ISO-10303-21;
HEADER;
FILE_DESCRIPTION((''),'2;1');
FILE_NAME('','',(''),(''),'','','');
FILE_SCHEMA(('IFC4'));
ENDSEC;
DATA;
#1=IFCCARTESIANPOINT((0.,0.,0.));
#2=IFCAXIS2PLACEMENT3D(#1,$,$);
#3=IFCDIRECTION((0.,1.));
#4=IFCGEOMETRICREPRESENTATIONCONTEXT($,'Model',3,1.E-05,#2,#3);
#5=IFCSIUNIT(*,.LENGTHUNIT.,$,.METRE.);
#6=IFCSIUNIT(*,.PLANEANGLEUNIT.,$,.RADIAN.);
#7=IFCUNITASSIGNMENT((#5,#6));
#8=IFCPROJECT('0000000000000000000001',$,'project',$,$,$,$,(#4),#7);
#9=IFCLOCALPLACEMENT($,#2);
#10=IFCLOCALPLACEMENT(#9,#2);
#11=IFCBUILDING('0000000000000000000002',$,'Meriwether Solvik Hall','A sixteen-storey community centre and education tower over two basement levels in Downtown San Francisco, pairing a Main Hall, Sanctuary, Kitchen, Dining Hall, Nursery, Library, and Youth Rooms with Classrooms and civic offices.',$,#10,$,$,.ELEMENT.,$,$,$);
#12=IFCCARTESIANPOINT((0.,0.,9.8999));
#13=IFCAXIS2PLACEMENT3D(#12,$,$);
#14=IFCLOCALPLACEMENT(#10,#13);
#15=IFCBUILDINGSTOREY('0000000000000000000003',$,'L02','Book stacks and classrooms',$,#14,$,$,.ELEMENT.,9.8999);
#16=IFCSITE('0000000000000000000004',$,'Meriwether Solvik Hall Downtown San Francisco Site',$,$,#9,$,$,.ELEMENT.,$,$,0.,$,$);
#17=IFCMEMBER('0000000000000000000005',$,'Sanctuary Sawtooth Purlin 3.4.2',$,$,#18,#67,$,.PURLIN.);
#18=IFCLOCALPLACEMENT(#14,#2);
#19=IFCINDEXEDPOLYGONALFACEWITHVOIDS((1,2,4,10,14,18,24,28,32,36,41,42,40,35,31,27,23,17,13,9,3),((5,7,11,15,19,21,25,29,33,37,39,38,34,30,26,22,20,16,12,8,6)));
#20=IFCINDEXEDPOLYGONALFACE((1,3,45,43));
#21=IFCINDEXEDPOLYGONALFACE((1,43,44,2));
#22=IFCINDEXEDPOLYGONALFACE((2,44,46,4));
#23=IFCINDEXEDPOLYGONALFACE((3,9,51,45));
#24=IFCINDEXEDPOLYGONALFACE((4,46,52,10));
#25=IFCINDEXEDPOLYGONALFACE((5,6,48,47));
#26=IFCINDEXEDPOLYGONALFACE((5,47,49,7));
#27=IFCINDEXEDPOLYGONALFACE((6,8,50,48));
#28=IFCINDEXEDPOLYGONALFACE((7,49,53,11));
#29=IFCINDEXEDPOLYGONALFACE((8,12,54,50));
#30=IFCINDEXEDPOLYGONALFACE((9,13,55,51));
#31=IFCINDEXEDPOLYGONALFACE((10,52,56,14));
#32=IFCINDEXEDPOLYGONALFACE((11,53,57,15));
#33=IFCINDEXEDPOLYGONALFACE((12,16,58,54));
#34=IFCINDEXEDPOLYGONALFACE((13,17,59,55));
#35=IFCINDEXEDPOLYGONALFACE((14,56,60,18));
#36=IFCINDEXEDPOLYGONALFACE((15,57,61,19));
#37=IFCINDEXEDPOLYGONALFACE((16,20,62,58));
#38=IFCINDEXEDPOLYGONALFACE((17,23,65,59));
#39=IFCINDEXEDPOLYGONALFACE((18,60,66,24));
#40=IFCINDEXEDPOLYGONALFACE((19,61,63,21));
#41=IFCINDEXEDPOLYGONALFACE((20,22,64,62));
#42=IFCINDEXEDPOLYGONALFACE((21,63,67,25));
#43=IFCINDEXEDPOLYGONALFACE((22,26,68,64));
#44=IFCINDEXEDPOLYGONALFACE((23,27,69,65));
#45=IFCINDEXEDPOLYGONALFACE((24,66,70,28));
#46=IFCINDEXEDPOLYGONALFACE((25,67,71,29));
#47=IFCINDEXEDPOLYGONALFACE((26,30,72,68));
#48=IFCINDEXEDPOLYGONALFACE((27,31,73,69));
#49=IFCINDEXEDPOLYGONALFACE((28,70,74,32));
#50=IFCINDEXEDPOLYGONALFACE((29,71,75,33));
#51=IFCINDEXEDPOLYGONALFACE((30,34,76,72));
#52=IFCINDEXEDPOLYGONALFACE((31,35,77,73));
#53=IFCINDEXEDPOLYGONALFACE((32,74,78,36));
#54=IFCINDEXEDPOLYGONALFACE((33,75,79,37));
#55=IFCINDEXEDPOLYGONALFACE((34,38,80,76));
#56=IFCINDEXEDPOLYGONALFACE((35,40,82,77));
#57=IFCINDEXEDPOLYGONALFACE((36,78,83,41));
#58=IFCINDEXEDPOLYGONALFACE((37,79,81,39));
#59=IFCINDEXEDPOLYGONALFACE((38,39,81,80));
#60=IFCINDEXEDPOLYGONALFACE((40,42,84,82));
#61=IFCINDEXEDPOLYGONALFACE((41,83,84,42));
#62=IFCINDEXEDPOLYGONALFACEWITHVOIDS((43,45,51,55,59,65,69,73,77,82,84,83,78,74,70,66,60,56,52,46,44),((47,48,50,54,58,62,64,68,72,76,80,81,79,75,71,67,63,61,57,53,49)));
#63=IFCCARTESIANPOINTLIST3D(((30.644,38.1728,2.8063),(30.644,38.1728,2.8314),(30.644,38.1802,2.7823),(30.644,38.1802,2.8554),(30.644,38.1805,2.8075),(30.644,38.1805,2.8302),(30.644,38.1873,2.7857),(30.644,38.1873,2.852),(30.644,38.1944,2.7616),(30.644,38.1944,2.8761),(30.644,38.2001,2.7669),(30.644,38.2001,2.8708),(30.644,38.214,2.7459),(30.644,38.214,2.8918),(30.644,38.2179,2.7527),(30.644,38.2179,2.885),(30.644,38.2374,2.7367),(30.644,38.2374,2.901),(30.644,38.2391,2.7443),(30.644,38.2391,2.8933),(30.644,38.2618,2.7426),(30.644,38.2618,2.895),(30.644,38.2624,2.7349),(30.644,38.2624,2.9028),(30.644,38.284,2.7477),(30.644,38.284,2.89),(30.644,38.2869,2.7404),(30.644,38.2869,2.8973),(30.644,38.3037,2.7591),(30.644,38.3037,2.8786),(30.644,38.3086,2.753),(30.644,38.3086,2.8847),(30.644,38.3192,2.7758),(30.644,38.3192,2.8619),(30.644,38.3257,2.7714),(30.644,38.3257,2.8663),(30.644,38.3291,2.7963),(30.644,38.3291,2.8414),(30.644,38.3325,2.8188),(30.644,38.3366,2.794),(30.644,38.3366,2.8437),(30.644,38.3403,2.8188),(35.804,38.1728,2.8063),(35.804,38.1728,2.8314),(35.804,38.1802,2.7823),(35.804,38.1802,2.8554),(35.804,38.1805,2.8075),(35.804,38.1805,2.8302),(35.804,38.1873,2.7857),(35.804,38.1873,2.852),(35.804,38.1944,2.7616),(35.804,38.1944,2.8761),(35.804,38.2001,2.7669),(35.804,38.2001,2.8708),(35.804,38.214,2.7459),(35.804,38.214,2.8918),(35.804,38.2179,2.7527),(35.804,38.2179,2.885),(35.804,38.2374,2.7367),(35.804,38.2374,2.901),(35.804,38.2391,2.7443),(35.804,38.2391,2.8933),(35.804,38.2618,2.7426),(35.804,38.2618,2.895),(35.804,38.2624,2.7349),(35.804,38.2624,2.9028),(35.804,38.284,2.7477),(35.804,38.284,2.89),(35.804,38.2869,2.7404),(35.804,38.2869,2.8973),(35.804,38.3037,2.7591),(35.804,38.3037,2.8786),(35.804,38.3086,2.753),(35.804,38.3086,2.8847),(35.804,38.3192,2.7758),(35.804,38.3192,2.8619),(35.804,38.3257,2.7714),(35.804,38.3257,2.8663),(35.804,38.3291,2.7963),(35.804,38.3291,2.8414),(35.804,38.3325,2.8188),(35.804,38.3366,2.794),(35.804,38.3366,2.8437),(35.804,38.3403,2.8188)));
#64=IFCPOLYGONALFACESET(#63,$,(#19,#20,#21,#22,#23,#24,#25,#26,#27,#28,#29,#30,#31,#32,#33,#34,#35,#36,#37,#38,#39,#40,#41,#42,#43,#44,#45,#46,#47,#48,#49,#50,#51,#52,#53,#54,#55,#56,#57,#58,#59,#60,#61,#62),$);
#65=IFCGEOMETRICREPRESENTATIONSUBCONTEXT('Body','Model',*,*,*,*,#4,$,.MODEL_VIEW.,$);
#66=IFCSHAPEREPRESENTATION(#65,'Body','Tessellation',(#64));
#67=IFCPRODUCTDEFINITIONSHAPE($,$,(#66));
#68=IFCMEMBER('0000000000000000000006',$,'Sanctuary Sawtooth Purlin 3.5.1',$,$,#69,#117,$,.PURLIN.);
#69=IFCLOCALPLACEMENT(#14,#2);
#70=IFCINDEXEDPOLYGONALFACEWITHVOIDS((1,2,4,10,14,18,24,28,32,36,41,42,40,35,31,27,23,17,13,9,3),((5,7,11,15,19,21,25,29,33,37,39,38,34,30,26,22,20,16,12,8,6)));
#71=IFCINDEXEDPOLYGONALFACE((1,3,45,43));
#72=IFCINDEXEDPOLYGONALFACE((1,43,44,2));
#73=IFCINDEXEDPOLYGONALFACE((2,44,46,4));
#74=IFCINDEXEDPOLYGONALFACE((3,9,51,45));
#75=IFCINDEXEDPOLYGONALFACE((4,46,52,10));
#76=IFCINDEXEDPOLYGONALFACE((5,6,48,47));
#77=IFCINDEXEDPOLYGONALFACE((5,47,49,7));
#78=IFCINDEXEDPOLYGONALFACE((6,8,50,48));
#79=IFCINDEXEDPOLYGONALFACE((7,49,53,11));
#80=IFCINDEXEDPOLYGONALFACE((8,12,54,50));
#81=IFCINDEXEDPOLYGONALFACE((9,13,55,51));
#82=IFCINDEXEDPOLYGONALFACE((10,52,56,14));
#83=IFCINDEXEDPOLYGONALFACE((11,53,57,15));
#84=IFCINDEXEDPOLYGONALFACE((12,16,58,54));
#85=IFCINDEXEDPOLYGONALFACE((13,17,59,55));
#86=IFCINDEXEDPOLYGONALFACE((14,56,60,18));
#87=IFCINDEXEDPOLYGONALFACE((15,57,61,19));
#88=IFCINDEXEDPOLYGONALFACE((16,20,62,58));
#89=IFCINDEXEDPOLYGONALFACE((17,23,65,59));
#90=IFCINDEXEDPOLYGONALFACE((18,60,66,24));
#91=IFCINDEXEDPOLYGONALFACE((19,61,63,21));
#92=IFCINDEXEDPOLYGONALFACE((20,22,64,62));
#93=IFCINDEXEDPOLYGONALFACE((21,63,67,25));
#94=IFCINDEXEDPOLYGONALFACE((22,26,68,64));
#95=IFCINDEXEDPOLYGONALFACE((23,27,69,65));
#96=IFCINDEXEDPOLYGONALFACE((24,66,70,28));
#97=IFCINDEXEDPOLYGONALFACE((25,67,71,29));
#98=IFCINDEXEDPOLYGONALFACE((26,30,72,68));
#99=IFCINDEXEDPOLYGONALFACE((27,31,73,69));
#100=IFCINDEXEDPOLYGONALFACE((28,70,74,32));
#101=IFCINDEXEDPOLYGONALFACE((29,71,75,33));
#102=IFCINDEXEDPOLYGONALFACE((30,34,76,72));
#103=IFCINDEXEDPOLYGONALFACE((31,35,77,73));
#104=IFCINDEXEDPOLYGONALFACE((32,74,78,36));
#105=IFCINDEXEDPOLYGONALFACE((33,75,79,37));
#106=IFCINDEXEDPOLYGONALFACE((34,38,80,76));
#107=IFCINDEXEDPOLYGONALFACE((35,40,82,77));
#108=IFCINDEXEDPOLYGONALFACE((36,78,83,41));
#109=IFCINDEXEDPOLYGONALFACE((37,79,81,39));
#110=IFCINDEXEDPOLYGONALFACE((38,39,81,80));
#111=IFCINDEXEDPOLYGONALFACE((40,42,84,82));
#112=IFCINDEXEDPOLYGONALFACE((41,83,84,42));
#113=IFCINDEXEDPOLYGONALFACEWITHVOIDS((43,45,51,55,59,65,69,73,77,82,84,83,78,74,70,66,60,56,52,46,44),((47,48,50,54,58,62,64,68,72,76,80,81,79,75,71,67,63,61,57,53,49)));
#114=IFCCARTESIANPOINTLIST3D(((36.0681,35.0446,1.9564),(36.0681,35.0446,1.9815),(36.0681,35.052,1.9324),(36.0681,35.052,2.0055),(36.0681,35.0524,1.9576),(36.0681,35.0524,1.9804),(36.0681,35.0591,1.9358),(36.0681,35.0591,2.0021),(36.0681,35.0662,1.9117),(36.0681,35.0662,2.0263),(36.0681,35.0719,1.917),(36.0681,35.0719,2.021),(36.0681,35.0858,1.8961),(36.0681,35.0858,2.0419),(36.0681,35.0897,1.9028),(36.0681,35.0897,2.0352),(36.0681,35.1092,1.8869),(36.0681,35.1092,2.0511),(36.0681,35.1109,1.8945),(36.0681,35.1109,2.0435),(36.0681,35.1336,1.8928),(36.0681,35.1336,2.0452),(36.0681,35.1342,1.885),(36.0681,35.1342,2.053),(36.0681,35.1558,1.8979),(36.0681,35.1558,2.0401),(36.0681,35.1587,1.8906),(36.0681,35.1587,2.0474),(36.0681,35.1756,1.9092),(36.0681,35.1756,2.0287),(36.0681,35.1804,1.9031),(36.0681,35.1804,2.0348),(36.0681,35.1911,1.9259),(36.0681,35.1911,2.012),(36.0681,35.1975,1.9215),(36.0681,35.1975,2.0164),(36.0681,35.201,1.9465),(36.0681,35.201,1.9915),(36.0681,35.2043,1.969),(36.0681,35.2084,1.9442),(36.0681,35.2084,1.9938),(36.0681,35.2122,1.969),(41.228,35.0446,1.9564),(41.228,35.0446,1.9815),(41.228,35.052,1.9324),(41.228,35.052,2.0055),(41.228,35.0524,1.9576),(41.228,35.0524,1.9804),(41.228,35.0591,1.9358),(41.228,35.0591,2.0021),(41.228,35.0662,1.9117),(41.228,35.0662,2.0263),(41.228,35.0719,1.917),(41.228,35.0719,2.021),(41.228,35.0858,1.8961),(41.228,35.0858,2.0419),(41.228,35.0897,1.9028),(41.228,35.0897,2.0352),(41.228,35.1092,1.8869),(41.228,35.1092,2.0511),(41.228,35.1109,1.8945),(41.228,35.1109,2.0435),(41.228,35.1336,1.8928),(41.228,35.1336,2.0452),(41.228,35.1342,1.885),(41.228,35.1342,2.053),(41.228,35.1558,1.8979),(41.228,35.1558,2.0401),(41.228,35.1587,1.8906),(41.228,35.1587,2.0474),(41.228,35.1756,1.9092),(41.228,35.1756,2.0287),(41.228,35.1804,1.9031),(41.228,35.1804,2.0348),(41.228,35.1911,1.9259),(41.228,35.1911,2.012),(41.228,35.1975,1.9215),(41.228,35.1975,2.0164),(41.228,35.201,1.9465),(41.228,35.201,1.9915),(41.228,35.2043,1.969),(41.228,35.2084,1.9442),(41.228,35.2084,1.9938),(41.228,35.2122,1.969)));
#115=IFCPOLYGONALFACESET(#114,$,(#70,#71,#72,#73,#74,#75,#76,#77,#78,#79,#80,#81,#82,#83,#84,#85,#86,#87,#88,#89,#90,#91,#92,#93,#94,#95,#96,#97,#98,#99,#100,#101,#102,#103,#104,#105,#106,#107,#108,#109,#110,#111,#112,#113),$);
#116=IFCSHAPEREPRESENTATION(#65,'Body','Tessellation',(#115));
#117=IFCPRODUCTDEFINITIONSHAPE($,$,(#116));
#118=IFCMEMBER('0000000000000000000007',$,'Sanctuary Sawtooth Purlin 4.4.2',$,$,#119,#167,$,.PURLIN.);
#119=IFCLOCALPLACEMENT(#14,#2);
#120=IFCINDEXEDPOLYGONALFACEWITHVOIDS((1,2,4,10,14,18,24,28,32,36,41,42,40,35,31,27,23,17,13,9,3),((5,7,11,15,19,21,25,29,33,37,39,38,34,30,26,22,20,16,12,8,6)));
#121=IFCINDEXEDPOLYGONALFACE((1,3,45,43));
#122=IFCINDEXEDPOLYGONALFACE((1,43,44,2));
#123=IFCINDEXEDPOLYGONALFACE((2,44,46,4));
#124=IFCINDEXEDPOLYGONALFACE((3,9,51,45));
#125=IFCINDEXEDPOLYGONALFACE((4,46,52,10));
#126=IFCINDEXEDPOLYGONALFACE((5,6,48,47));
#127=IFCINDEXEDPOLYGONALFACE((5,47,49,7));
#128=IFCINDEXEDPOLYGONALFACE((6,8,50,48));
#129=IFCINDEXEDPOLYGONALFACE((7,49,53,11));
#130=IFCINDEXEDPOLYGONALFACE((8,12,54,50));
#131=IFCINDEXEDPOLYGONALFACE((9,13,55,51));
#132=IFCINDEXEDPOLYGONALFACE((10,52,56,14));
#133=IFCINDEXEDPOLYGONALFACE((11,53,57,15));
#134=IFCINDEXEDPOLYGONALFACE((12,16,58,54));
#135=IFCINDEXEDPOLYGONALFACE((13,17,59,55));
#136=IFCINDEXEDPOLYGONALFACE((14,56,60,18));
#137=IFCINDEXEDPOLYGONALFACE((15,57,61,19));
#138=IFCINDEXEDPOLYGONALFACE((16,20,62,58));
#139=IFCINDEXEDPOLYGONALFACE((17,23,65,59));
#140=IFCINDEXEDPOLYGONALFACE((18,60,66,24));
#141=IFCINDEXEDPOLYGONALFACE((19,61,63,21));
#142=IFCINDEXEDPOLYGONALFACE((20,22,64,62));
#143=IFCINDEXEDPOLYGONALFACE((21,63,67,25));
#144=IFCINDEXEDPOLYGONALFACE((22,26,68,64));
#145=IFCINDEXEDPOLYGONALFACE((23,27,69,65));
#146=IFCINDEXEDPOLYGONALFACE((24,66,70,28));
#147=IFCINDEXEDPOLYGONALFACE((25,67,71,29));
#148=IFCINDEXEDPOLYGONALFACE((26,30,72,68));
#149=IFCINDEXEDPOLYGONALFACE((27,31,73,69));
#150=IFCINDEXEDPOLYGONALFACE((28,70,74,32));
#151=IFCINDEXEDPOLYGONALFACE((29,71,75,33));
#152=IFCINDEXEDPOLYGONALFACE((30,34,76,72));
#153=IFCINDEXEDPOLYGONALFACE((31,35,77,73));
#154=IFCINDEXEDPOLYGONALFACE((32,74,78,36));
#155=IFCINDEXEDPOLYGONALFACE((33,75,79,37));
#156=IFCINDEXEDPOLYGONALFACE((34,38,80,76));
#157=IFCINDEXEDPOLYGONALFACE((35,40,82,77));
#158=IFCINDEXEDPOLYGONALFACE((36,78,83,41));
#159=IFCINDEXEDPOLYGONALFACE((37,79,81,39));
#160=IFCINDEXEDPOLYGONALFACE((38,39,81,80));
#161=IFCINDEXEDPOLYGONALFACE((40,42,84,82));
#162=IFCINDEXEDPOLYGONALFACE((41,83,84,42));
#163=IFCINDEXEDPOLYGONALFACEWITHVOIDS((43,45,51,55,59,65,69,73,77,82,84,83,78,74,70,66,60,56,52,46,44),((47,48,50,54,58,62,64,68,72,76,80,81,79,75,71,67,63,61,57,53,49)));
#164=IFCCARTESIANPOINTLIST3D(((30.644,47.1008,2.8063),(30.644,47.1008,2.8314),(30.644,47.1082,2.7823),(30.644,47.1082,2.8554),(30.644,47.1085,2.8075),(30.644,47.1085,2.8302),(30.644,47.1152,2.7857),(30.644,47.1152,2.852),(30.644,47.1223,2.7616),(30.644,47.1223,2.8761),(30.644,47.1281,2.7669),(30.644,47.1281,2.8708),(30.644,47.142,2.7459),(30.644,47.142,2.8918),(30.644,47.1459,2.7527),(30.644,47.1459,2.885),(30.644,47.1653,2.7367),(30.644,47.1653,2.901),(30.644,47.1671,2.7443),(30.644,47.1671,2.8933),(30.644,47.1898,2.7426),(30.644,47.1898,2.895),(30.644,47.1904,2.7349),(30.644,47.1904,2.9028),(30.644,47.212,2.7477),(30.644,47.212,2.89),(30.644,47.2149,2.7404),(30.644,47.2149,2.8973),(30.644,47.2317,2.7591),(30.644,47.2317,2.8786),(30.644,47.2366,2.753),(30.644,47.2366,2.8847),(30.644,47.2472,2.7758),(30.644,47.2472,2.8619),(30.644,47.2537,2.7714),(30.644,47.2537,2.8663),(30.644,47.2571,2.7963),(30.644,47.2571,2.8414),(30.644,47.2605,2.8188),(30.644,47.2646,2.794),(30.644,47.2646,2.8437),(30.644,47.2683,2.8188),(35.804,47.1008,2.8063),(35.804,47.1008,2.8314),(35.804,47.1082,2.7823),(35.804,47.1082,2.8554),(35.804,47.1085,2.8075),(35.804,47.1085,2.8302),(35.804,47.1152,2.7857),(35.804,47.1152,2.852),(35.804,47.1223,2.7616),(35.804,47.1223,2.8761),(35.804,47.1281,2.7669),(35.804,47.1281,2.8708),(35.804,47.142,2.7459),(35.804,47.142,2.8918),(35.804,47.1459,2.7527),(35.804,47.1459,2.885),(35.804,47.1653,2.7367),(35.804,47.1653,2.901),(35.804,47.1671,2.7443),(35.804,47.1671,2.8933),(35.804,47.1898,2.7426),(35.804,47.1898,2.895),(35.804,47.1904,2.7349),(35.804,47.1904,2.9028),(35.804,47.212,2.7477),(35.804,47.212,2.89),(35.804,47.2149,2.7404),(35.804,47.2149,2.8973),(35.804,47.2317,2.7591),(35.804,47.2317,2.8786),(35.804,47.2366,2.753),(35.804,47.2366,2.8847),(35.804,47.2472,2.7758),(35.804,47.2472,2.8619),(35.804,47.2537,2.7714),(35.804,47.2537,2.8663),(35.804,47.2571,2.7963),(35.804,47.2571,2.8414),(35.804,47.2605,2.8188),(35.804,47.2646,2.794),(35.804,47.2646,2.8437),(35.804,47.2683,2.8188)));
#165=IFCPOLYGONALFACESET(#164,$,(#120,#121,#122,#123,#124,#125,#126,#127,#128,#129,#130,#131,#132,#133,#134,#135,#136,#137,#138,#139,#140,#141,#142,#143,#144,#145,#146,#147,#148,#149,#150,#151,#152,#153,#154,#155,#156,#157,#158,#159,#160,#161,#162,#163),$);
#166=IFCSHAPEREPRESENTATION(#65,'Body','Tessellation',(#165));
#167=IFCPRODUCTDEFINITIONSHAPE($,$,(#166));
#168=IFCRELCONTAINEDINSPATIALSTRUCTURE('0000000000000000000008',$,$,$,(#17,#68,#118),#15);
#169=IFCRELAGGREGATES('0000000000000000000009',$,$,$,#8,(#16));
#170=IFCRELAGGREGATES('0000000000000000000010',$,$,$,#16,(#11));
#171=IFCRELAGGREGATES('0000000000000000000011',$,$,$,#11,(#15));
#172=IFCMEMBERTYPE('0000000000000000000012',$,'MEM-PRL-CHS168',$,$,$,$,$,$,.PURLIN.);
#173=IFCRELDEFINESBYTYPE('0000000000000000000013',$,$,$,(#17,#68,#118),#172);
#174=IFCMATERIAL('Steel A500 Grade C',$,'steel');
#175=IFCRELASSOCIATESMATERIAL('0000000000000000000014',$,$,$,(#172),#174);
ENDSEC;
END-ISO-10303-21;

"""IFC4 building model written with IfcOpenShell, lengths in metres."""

from ifc_helpers import new_model, si_unit, direction, frame, origin, origin_2d, place, context, subcontext, project, spatial, hollow_circle, extrude, material, material_profile, profile_set, type_object, element, save


model = new_model("IFC4")

# Units and contexts
model_context = context("Model", 3, precision=1e-05, world=origin(), true_north=direction((0.0, 1.0)))
body_context = subcontext(model_context, "Body", "Model", "MODEL_VIEW")
ifc_project = project(units=[si_unit("LENGTHUNIT", "METRE"), si_unit("PLANEANGLEUNIT", "RADIAN")], contexts=[model_context])

# Site, building, storey
site_placement = place(None, origin())
site = spatial("IfcSite", under=ifc_project, at=site_placement, Name="Meriwether Solvik Hall Downtown San Francisco Site", CompositionType="ELEMENT", RefElevation=0.0)
building_placement = place(site_placement, origin())
building = spatial("IfcBuilding", under=site, at=building_placement, Name="Meriwether Solvik Hall", Description="A sixteen-storey community centre and education tower over two basement levels in Downtown San Francisco, pairing a Main Hall, Sanctuary, Kitchen, Dining Hall, Nursery, Library, and Youth Rooms with Classrooms and civic offices.", CompositionType="ELEMENT")
storey_placement = place(building_placement, frame((0.0, 0.0, 9.8999)))
storey = spatial("IfcBuildingStorey", under=building, at=storey_placement, Name="L02", Description="Book stacks and classrooms", CompositionType="ELEMENT", Elevation=9.8999)

# Members
ifc_material_1 = material(Name="Steel A500 Grade C", Category="steel")
ifc_material_profile_1 = material_profile(ifc_material_1, hollow_circle(Radius=0.0842, WallThickness=0.0078, at=origin_2d()), Name="CHS168X7.9")
ifc_profile_set_1 = profile_set([ifc_material_profile_1], Name="Steel A500 Grade C")
member_type_1 = type_object("IfcMemberType", Name="MEM-PRL-CHS168", PredefinedType="PURLIN", material=ifc_profile_set_1)
for number, where, z_axis, x_axis, name in (
    (1, (30.644, 38.2561, 2.8188), (1.0, 0.0, 0.0), (0.0, 1.0, 0.0), "Sanctuary Sawtooth Purlin 3.4.2"),
    (2, (36.0681, 35.1279, 1.969), (1.0, 0.0, 0.0), (0.0, 1.0, 0.0), "Sanctuary Sawtooth Purlin 3.5.1"),
    (3, (30.644, 47.1841, 2.8188), (1.0, 0.0, 0.0), (0.0, 1.0, 0.0), "Sanctuary Sawtooth Purlin 4.4.2"),
):
    element("IfcMember", number, at=place(storey_placement, frame(where, z_axis=z_axis, x_axis=x_axis)), inside=storey, type_object=member_type_1, Name=name, PredefinedType="PURLIN", context=body_context, shape_type="SweptSolid", body=[
        extrude(hollow_circle(Radius=0.0842, WallThickness=0.0078, at=origin_2d()), origin(), (0.0, 0.0, 1.0), 5.1599),
    ])

save(model, "model.ifc")
